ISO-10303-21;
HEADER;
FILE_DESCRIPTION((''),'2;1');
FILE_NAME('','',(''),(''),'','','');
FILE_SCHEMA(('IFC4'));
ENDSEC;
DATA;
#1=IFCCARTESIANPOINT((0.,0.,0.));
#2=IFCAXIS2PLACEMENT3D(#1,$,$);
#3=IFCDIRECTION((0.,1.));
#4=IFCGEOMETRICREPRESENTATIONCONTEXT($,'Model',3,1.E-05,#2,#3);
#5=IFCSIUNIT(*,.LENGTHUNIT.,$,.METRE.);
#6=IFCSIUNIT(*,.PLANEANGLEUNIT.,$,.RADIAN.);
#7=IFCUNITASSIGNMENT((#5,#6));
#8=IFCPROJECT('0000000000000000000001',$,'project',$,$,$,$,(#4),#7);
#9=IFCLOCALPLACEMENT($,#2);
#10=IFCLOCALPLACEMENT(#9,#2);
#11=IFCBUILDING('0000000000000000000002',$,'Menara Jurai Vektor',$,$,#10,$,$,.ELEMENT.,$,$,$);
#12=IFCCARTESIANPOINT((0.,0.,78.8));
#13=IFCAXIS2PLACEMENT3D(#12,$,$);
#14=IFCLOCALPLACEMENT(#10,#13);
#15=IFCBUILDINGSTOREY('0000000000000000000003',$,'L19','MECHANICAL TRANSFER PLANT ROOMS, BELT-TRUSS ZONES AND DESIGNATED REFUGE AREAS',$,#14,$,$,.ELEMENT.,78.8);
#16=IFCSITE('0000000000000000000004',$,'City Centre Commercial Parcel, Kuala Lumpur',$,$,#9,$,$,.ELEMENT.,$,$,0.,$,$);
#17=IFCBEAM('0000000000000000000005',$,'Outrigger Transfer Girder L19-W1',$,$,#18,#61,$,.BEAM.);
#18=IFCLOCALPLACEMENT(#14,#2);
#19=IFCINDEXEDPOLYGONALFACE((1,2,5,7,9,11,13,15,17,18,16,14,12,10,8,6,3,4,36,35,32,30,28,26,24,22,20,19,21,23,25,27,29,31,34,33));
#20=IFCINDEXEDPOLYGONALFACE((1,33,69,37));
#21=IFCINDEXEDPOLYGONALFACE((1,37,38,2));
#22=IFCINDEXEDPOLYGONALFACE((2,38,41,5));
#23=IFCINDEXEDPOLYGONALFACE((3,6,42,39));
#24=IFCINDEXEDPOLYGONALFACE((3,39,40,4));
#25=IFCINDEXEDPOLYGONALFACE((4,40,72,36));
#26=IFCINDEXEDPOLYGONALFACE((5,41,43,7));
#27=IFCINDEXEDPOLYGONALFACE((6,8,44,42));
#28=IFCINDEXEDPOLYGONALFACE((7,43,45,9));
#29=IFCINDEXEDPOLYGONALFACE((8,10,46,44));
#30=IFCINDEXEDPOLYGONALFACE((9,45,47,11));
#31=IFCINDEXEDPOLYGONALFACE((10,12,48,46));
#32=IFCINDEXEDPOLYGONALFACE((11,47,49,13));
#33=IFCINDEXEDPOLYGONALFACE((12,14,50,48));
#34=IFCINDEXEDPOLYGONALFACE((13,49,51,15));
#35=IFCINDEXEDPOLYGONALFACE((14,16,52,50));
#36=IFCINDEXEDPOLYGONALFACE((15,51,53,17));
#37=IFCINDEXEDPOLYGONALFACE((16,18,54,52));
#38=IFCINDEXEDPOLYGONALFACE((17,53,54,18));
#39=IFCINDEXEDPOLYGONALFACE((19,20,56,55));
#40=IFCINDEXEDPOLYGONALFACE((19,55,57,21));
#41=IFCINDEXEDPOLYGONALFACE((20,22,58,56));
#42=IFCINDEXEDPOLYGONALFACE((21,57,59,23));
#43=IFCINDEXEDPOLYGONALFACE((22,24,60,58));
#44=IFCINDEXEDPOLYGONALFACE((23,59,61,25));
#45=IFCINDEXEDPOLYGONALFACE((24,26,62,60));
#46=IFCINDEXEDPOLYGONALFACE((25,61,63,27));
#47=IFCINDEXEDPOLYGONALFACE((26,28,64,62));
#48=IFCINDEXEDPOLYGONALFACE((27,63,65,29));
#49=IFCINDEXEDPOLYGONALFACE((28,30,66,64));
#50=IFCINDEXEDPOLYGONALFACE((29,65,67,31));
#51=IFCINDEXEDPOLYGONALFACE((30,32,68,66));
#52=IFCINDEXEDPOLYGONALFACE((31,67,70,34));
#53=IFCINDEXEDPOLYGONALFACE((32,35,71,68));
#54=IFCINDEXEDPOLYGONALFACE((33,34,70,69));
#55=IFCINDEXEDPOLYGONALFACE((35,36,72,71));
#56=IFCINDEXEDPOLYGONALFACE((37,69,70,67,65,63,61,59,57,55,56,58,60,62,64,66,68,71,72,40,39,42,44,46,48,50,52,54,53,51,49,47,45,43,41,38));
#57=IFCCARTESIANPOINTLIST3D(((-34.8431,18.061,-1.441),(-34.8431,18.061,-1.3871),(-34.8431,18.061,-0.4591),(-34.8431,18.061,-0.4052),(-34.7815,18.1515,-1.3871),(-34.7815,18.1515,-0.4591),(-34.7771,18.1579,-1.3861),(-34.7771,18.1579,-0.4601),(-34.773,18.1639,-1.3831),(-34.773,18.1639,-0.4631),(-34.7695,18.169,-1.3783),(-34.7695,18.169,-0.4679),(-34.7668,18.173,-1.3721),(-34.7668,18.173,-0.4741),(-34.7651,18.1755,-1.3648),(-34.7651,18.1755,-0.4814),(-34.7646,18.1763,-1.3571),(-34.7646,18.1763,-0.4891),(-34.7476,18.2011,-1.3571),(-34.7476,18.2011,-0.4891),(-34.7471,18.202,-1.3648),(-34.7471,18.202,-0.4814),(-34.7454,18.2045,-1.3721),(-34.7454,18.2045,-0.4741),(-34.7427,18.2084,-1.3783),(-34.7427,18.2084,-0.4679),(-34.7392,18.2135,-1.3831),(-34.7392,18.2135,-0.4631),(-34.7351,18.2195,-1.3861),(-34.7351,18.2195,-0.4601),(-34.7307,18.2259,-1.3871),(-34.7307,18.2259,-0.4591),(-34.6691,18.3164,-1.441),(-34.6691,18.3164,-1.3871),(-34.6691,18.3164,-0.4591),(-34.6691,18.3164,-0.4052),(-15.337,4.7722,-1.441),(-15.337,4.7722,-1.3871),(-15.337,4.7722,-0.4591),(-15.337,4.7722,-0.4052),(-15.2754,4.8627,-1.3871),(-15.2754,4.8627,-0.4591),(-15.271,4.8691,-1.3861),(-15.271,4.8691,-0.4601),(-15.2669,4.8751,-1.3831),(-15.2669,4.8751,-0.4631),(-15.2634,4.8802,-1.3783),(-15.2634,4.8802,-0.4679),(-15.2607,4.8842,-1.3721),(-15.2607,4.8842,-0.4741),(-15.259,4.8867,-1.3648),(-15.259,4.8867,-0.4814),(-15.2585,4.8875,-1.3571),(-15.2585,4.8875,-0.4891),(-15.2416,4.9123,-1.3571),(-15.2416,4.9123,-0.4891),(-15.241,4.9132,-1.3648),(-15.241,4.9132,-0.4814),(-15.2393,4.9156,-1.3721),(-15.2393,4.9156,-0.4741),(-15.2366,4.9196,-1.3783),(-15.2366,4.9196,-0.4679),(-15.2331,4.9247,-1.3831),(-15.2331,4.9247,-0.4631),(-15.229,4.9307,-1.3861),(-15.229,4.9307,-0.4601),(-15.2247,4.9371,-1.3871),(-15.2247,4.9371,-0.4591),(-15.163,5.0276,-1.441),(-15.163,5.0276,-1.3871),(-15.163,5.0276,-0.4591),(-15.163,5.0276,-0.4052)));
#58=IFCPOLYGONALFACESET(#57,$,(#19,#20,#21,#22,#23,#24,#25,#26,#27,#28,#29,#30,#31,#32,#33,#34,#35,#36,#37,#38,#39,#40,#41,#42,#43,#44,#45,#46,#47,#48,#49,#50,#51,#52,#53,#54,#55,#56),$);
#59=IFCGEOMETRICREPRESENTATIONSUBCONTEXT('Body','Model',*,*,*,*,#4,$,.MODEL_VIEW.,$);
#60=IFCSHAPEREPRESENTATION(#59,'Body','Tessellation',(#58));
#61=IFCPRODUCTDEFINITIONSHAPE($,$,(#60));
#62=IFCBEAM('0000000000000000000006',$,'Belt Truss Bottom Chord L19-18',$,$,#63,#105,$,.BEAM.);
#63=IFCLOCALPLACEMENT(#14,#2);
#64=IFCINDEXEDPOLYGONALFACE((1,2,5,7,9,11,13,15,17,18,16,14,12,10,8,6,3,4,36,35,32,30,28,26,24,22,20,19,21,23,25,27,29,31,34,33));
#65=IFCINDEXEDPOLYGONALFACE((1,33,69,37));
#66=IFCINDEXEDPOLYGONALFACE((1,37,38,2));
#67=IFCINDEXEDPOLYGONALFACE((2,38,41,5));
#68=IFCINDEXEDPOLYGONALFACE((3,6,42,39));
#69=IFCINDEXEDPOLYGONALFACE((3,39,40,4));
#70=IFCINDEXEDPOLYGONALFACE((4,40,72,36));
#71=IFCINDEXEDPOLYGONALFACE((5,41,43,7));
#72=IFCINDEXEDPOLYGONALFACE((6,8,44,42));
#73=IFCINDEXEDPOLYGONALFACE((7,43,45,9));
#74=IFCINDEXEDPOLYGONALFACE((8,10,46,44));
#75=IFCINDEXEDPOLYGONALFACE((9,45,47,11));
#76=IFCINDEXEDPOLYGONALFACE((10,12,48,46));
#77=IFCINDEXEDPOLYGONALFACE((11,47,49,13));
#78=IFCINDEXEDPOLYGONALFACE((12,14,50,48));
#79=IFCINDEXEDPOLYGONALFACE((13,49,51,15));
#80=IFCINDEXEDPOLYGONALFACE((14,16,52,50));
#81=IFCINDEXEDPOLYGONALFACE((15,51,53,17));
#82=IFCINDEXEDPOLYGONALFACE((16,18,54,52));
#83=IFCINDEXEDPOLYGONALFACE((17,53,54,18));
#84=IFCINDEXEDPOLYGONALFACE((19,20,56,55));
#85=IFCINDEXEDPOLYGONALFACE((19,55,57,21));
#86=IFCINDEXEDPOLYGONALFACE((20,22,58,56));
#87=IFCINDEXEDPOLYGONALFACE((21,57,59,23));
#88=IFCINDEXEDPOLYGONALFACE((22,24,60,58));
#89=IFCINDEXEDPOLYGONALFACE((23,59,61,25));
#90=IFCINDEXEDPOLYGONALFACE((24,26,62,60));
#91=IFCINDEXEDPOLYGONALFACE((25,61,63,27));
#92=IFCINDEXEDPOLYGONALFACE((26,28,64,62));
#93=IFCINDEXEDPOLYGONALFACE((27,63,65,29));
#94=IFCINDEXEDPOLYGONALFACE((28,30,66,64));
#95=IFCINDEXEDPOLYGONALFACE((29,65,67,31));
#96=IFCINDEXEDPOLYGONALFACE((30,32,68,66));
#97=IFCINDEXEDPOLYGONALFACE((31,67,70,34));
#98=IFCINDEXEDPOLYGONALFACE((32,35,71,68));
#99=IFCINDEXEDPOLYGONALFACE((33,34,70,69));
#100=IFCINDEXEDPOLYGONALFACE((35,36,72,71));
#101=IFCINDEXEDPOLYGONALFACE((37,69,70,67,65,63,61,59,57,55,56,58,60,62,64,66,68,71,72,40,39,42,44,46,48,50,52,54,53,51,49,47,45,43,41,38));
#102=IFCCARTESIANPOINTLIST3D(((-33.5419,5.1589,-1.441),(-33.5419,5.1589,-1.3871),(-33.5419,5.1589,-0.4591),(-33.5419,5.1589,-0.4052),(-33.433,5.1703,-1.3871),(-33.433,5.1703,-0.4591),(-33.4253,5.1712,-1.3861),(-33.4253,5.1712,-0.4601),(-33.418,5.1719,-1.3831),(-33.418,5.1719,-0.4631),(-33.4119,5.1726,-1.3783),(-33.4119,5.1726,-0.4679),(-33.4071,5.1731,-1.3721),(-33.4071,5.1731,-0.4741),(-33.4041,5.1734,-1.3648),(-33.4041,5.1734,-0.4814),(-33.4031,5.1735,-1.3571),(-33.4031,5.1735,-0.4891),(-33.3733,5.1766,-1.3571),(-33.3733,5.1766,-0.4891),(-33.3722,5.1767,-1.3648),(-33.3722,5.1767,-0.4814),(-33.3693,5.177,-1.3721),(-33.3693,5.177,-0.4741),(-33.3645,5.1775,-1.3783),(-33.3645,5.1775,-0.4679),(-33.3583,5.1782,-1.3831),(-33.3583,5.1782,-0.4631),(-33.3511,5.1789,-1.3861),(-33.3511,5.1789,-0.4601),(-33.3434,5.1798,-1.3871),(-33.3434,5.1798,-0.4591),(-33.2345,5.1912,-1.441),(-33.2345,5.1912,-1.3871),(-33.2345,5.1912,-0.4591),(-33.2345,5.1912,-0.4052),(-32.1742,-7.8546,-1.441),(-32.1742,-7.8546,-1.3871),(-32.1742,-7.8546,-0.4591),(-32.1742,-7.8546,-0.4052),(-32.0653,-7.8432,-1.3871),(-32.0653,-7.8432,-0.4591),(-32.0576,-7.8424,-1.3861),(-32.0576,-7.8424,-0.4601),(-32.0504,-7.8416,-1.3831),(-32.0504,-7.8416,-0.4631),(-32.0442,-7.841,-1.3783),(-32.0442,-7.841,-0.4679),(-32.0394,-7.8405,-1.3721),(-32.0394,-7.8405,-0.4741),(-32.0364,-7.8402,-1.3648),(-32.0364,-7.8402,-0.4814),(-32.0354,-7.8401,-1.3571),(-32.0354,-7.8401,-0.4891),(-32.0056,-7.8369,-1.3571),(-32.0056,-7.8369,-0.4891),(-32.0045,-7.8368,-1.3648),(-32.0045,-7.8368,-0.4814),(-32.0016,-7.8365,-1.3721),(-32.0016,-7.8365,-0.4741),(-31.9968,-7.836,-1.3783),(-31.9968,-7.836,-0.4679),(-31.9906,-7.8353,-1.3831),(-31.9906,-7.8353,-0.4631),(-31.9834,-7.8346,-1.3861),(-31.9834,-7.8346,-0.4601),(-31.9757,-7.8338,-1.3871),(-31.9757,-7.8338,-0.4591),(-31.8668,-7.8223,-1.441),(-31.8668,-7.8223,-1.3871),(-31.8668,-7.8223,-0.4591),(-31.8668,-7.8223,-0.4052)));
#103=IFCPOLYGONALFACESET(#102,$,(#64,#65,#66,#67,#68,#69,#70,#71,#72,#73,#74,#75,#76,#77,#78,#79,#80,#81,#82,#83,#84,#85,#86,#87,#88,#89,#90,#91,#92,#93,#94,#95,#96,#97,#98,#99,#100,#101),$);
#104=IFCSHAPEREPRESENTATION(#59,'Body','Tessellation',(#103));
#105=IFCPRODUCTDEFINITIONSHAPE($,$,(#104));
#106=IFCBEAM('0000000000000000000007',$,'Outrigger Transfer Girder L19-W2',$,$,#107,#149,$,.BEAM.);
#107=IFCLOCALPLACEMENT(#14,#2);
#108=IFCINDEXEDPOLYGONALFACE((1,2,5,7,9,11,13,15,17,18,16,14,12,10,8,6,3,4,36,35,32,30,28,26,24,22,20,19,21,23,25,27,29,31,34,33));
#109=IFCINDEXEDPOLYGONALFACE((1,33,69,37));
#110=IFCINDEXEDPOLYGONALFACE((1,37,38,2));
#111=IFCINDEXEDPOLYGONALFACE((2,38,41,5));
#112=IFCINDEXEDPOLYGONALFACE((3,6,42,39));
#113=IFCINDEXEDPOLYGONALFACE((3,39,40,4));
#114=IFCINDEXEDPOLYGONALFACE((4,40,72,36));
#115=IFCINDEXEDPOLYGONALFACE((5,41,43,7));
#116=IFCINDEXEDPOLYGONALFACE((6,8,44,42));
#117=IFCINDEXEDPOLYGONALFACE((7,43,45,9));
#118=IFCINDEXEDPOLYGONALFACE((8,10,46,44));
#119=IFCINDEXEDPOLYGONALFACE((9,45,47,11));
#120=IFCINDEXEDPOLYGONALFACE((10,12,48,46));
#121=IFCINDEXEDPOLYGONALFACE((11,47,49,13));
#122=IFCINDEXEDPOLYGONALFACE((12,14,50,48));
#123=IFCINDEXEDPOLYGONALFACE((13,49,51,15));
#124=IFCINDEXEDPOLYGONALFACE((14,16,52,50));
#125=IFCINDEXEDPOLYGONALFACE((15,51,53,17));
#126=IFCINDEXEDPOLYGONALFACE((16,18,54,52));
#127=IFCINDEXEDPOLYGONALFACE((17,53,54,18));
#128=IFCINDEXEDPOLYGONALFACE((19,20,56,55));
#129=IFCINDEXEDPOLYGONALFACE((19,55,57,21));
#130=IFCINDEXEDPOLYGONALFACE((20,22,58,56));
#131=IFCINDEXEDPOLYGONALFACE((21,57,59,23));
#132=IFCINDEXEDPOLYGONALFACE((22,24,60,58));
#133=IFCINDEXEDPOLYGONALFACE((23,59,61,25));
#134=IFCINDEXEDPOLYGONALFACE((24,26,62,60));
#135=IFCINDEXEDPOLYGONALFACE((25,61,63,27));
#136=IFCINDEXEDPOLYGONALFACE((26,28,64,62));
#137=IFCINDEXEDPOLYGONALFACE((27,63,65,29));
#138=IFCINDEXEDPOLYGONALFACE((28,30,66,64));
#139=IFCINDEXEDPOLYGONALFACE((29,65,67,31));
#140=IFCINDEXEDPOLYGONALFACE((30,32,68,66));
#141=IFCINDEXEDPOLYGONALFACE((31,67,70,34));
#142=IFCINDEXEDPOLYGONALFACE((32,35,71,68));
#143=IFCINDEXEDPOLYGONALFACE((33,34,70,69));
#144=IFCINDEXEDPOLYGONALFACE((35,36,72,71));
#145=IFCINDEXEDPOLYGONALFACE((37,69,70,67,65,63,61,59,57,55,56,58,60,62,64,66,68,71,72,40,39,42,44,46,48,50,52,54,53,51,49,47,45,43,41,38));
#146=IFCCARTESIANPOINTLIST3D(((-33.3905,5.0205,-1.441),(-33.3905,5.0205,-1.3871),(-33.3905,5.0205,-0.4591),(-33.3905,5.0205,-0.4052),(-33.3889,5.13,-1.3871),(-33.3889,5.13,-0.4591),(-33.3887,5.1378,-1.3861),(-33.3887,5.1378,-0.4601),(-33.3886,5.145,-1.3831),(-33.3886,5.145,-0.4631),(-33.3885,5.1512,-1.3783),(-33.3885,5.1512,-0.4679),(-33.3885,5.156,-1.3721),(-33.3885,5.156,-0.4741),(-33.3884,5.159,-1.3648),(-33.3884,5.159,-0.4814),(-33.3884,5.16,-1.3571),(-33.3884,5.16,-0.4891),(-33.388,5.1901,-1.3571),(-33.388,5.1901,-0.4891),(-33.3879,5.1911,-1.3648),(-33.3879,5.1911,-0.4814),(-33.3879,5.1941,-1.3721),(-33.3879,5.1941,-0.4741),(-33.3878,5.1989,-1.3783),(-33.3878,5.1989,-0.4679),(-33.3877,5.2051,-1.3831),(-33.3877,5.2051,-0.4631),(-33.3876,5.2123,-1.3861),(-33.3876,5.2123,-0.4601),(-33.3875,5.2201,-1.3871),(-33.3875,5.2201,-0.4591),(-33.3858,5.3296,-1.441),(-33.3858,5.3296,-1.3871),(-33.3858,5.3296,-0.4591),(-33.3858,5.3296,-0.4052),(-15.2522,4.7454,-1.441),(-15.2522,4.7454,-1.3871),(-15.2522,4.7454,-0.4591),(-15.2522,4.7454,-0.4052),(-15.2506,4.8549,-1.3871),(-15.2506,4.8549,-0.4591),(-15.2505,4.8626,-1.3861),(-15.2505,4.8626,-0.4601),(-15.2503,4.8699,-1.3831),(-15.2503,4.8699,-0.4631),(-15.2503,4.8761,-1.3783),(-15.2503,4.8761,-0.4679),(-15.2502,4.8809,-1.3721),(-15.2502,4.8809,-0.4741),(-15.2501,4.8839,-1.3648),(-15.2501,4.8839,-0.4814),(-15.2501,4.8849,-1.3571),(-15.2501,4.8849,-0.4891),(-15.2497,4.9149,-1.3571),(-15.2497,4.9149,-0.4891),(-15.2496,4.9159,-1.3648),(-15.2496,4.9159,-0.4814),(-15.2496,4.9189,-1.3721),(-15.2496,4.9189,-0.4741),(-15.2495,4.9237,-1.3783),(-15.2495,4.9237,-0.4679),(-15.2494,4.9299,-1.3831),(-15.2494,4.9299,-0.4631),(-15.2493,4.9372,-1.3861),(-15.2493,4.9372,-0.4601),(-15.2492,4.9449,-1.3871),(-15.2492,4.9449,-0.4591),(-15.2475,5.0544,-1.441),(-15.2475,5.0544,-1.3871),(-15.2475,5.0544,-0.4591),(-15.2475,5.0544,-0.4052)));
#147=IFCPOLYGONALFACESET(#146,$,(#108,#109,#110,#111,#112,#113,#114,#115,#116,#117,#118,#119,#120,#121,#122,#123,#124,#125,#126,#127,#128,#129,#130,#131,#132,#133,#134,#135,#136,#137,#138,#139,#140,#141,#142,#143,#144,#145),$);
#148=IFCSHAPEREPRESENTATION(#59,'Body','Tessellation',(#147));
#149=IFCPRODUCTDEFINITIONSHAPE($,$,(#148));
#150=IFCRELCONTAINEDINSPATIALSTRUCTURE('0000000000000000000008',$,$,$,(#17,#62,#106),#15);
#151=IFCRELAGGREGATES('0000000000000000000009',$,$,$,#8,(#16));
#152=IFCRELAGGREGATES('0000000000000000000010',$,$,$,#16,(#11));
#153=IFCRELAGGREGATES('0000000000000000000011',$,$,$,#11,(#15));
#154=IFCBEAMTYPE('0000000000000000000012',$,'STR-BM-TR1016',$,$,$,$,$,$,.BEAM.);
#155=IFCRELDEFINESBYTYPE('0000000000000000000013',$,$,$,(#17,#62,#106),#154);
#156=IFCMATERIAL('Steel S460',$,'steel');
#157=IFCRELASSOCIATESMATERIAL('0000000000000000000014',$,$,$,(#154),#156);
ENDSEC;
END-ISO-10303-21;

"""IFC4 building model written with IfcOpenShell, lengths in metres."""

from ifc_helpers import new_model, si_unit, direction, frame, origin, origin_2d, place, context, subcontext, project, spatial, i_section, extrude, material, material_profile, profile_set, type_object, element, save


model = new_model("IFC4")

# Units and contexts
model_context = context("Model", 3, precision=1e-05, world=origin(), true_north=direction((0.0, 1.0)))
body_context = subcontext(model_context, "Body", "Model", "MODEL_VIEW")
ifc_project = project(units=[si_unit("LENGTHUNIT", "METRE"), si_unit("PLANEANGLEUNIT", "RADIAN")], contexts=[model_context])

# Site, building, storey
site_placement = place(None, origin())
site = spatial("IfcSite", under=ifc_project, at=site_placement, Name="City Centre Commercial Parcel, Kuala Lumpur", CompositionType="ELEMENT", RefElevation=0.0)
building_placement = place(site_placement, origin())
building = spatial("IfcBuilding", under=site, at=building_placement, Name="Menara Jurai Vektor", CompositionType="ELEMENT")
storey_placement = place(building_placement, frame((0.0, 0.0, 78.8)))
storey = spatial("IfcBuildingStorey", under=building, at=storey_placement, Name="L19", Description="MECHANICAL TRANSFER PLANT ROOMS, BELT-TRUSS ZONES AND DESIGNATED REFUGE AREAS", CompositionType="ELEMENT", Elevation=78.8)

# Shared definitions
ifc_material_1 = material(Name="Steel S460", Category="steel")

# Beams
ifc_material_profile_1 = material_profile(ifc_material_1, i_section(OverallWidth=0.3091, OverallDepth=1.0359, WebThickness=0.03, FlangeThickness=0.054, FilletRadius=0.03, at=origin_2d()), Name="UKB 1016x305x487")
ifc_profile_set_1 = profile_set([ifc_material_profile_1], Name="Steel S460")
beam_type_1 = type_object("IfcBeamType", Name="STR-BM-TR1016", PredefinedType="BEAM", material=ifc_profile_set_1)
beam_1_placement = place(storey_placement, frame((-34.7561, 18.1887, -0.9231), z_axis=(0.82644, -0.563024, 0.0), x_axis=(0.563024, 0.82644, 0.0)))
element("IfcBeam", 1, at=beam_1_placement, inside=storey, type_object=beam_type_1, Name="Outrigger Transfer Girder L19-W1", PredefinedType="BEAM", context=body_context, shape_type="SweptSolid", body=[
    extrude(i_section(OverallWidth=0.3091, OverallDepth=1.0359, WebThickness=0.03, FlangeThickness=0.054, FilletRadius=0.03, at=origin_2d()), origin(), (0.0, 0.0, 1.0), 23.6025),
])
beam_2_placement = place(storey_placement, frame((-33.3882, 5.175, -0.9231), z_axis=(0.104522, -0.994523, 0.0), x_axis=(0.994523, 0.104522, 0.0)))
element("IfcBeam", 2, at=beam_2_placement, inside=storey, type_object=beam_type_1, Name="Belt Truss Bottom Chord L19-18", PredefinedType="BEAM", context=body_context, shape_type="SweptSolid", body=[
    extrude(i_section(OverallWidth=0.3091, OverallDepth=1.0359, WebThickness=0.03, FlangeThickness=0.054, FilletRadius=0.03, at=origin_2d()), origin(), (0.0, 0.0, 1.0), 13.0852),
])
beam_3_placement = place(storey_placement, frame((-33.3882, 5.175, -0.9231), z_axis=(0.999885, -0.015168, 0.0), x_axis=(0.015168, 0.999885, 0.0)))
element("IfcBeam", 3, at=beam_3_placement, inside=storey, type_object=beam_type_1, Name="Outrigger Transfer Girder L19-W2", PredefinedType="BEAM", context=body_context, shape_type="SweptSolid", body=[
    extrude(i_section(OverallWidth=0.3091, OverallDepth=1.0359, WebThickness=0.03, FlangeThickness=0.054, FilletRadius=0.03, at=origin_2d()), origin(), (0.0, 0.0, 1.0), 18.1404),
])

save(model, "model.ifc")
